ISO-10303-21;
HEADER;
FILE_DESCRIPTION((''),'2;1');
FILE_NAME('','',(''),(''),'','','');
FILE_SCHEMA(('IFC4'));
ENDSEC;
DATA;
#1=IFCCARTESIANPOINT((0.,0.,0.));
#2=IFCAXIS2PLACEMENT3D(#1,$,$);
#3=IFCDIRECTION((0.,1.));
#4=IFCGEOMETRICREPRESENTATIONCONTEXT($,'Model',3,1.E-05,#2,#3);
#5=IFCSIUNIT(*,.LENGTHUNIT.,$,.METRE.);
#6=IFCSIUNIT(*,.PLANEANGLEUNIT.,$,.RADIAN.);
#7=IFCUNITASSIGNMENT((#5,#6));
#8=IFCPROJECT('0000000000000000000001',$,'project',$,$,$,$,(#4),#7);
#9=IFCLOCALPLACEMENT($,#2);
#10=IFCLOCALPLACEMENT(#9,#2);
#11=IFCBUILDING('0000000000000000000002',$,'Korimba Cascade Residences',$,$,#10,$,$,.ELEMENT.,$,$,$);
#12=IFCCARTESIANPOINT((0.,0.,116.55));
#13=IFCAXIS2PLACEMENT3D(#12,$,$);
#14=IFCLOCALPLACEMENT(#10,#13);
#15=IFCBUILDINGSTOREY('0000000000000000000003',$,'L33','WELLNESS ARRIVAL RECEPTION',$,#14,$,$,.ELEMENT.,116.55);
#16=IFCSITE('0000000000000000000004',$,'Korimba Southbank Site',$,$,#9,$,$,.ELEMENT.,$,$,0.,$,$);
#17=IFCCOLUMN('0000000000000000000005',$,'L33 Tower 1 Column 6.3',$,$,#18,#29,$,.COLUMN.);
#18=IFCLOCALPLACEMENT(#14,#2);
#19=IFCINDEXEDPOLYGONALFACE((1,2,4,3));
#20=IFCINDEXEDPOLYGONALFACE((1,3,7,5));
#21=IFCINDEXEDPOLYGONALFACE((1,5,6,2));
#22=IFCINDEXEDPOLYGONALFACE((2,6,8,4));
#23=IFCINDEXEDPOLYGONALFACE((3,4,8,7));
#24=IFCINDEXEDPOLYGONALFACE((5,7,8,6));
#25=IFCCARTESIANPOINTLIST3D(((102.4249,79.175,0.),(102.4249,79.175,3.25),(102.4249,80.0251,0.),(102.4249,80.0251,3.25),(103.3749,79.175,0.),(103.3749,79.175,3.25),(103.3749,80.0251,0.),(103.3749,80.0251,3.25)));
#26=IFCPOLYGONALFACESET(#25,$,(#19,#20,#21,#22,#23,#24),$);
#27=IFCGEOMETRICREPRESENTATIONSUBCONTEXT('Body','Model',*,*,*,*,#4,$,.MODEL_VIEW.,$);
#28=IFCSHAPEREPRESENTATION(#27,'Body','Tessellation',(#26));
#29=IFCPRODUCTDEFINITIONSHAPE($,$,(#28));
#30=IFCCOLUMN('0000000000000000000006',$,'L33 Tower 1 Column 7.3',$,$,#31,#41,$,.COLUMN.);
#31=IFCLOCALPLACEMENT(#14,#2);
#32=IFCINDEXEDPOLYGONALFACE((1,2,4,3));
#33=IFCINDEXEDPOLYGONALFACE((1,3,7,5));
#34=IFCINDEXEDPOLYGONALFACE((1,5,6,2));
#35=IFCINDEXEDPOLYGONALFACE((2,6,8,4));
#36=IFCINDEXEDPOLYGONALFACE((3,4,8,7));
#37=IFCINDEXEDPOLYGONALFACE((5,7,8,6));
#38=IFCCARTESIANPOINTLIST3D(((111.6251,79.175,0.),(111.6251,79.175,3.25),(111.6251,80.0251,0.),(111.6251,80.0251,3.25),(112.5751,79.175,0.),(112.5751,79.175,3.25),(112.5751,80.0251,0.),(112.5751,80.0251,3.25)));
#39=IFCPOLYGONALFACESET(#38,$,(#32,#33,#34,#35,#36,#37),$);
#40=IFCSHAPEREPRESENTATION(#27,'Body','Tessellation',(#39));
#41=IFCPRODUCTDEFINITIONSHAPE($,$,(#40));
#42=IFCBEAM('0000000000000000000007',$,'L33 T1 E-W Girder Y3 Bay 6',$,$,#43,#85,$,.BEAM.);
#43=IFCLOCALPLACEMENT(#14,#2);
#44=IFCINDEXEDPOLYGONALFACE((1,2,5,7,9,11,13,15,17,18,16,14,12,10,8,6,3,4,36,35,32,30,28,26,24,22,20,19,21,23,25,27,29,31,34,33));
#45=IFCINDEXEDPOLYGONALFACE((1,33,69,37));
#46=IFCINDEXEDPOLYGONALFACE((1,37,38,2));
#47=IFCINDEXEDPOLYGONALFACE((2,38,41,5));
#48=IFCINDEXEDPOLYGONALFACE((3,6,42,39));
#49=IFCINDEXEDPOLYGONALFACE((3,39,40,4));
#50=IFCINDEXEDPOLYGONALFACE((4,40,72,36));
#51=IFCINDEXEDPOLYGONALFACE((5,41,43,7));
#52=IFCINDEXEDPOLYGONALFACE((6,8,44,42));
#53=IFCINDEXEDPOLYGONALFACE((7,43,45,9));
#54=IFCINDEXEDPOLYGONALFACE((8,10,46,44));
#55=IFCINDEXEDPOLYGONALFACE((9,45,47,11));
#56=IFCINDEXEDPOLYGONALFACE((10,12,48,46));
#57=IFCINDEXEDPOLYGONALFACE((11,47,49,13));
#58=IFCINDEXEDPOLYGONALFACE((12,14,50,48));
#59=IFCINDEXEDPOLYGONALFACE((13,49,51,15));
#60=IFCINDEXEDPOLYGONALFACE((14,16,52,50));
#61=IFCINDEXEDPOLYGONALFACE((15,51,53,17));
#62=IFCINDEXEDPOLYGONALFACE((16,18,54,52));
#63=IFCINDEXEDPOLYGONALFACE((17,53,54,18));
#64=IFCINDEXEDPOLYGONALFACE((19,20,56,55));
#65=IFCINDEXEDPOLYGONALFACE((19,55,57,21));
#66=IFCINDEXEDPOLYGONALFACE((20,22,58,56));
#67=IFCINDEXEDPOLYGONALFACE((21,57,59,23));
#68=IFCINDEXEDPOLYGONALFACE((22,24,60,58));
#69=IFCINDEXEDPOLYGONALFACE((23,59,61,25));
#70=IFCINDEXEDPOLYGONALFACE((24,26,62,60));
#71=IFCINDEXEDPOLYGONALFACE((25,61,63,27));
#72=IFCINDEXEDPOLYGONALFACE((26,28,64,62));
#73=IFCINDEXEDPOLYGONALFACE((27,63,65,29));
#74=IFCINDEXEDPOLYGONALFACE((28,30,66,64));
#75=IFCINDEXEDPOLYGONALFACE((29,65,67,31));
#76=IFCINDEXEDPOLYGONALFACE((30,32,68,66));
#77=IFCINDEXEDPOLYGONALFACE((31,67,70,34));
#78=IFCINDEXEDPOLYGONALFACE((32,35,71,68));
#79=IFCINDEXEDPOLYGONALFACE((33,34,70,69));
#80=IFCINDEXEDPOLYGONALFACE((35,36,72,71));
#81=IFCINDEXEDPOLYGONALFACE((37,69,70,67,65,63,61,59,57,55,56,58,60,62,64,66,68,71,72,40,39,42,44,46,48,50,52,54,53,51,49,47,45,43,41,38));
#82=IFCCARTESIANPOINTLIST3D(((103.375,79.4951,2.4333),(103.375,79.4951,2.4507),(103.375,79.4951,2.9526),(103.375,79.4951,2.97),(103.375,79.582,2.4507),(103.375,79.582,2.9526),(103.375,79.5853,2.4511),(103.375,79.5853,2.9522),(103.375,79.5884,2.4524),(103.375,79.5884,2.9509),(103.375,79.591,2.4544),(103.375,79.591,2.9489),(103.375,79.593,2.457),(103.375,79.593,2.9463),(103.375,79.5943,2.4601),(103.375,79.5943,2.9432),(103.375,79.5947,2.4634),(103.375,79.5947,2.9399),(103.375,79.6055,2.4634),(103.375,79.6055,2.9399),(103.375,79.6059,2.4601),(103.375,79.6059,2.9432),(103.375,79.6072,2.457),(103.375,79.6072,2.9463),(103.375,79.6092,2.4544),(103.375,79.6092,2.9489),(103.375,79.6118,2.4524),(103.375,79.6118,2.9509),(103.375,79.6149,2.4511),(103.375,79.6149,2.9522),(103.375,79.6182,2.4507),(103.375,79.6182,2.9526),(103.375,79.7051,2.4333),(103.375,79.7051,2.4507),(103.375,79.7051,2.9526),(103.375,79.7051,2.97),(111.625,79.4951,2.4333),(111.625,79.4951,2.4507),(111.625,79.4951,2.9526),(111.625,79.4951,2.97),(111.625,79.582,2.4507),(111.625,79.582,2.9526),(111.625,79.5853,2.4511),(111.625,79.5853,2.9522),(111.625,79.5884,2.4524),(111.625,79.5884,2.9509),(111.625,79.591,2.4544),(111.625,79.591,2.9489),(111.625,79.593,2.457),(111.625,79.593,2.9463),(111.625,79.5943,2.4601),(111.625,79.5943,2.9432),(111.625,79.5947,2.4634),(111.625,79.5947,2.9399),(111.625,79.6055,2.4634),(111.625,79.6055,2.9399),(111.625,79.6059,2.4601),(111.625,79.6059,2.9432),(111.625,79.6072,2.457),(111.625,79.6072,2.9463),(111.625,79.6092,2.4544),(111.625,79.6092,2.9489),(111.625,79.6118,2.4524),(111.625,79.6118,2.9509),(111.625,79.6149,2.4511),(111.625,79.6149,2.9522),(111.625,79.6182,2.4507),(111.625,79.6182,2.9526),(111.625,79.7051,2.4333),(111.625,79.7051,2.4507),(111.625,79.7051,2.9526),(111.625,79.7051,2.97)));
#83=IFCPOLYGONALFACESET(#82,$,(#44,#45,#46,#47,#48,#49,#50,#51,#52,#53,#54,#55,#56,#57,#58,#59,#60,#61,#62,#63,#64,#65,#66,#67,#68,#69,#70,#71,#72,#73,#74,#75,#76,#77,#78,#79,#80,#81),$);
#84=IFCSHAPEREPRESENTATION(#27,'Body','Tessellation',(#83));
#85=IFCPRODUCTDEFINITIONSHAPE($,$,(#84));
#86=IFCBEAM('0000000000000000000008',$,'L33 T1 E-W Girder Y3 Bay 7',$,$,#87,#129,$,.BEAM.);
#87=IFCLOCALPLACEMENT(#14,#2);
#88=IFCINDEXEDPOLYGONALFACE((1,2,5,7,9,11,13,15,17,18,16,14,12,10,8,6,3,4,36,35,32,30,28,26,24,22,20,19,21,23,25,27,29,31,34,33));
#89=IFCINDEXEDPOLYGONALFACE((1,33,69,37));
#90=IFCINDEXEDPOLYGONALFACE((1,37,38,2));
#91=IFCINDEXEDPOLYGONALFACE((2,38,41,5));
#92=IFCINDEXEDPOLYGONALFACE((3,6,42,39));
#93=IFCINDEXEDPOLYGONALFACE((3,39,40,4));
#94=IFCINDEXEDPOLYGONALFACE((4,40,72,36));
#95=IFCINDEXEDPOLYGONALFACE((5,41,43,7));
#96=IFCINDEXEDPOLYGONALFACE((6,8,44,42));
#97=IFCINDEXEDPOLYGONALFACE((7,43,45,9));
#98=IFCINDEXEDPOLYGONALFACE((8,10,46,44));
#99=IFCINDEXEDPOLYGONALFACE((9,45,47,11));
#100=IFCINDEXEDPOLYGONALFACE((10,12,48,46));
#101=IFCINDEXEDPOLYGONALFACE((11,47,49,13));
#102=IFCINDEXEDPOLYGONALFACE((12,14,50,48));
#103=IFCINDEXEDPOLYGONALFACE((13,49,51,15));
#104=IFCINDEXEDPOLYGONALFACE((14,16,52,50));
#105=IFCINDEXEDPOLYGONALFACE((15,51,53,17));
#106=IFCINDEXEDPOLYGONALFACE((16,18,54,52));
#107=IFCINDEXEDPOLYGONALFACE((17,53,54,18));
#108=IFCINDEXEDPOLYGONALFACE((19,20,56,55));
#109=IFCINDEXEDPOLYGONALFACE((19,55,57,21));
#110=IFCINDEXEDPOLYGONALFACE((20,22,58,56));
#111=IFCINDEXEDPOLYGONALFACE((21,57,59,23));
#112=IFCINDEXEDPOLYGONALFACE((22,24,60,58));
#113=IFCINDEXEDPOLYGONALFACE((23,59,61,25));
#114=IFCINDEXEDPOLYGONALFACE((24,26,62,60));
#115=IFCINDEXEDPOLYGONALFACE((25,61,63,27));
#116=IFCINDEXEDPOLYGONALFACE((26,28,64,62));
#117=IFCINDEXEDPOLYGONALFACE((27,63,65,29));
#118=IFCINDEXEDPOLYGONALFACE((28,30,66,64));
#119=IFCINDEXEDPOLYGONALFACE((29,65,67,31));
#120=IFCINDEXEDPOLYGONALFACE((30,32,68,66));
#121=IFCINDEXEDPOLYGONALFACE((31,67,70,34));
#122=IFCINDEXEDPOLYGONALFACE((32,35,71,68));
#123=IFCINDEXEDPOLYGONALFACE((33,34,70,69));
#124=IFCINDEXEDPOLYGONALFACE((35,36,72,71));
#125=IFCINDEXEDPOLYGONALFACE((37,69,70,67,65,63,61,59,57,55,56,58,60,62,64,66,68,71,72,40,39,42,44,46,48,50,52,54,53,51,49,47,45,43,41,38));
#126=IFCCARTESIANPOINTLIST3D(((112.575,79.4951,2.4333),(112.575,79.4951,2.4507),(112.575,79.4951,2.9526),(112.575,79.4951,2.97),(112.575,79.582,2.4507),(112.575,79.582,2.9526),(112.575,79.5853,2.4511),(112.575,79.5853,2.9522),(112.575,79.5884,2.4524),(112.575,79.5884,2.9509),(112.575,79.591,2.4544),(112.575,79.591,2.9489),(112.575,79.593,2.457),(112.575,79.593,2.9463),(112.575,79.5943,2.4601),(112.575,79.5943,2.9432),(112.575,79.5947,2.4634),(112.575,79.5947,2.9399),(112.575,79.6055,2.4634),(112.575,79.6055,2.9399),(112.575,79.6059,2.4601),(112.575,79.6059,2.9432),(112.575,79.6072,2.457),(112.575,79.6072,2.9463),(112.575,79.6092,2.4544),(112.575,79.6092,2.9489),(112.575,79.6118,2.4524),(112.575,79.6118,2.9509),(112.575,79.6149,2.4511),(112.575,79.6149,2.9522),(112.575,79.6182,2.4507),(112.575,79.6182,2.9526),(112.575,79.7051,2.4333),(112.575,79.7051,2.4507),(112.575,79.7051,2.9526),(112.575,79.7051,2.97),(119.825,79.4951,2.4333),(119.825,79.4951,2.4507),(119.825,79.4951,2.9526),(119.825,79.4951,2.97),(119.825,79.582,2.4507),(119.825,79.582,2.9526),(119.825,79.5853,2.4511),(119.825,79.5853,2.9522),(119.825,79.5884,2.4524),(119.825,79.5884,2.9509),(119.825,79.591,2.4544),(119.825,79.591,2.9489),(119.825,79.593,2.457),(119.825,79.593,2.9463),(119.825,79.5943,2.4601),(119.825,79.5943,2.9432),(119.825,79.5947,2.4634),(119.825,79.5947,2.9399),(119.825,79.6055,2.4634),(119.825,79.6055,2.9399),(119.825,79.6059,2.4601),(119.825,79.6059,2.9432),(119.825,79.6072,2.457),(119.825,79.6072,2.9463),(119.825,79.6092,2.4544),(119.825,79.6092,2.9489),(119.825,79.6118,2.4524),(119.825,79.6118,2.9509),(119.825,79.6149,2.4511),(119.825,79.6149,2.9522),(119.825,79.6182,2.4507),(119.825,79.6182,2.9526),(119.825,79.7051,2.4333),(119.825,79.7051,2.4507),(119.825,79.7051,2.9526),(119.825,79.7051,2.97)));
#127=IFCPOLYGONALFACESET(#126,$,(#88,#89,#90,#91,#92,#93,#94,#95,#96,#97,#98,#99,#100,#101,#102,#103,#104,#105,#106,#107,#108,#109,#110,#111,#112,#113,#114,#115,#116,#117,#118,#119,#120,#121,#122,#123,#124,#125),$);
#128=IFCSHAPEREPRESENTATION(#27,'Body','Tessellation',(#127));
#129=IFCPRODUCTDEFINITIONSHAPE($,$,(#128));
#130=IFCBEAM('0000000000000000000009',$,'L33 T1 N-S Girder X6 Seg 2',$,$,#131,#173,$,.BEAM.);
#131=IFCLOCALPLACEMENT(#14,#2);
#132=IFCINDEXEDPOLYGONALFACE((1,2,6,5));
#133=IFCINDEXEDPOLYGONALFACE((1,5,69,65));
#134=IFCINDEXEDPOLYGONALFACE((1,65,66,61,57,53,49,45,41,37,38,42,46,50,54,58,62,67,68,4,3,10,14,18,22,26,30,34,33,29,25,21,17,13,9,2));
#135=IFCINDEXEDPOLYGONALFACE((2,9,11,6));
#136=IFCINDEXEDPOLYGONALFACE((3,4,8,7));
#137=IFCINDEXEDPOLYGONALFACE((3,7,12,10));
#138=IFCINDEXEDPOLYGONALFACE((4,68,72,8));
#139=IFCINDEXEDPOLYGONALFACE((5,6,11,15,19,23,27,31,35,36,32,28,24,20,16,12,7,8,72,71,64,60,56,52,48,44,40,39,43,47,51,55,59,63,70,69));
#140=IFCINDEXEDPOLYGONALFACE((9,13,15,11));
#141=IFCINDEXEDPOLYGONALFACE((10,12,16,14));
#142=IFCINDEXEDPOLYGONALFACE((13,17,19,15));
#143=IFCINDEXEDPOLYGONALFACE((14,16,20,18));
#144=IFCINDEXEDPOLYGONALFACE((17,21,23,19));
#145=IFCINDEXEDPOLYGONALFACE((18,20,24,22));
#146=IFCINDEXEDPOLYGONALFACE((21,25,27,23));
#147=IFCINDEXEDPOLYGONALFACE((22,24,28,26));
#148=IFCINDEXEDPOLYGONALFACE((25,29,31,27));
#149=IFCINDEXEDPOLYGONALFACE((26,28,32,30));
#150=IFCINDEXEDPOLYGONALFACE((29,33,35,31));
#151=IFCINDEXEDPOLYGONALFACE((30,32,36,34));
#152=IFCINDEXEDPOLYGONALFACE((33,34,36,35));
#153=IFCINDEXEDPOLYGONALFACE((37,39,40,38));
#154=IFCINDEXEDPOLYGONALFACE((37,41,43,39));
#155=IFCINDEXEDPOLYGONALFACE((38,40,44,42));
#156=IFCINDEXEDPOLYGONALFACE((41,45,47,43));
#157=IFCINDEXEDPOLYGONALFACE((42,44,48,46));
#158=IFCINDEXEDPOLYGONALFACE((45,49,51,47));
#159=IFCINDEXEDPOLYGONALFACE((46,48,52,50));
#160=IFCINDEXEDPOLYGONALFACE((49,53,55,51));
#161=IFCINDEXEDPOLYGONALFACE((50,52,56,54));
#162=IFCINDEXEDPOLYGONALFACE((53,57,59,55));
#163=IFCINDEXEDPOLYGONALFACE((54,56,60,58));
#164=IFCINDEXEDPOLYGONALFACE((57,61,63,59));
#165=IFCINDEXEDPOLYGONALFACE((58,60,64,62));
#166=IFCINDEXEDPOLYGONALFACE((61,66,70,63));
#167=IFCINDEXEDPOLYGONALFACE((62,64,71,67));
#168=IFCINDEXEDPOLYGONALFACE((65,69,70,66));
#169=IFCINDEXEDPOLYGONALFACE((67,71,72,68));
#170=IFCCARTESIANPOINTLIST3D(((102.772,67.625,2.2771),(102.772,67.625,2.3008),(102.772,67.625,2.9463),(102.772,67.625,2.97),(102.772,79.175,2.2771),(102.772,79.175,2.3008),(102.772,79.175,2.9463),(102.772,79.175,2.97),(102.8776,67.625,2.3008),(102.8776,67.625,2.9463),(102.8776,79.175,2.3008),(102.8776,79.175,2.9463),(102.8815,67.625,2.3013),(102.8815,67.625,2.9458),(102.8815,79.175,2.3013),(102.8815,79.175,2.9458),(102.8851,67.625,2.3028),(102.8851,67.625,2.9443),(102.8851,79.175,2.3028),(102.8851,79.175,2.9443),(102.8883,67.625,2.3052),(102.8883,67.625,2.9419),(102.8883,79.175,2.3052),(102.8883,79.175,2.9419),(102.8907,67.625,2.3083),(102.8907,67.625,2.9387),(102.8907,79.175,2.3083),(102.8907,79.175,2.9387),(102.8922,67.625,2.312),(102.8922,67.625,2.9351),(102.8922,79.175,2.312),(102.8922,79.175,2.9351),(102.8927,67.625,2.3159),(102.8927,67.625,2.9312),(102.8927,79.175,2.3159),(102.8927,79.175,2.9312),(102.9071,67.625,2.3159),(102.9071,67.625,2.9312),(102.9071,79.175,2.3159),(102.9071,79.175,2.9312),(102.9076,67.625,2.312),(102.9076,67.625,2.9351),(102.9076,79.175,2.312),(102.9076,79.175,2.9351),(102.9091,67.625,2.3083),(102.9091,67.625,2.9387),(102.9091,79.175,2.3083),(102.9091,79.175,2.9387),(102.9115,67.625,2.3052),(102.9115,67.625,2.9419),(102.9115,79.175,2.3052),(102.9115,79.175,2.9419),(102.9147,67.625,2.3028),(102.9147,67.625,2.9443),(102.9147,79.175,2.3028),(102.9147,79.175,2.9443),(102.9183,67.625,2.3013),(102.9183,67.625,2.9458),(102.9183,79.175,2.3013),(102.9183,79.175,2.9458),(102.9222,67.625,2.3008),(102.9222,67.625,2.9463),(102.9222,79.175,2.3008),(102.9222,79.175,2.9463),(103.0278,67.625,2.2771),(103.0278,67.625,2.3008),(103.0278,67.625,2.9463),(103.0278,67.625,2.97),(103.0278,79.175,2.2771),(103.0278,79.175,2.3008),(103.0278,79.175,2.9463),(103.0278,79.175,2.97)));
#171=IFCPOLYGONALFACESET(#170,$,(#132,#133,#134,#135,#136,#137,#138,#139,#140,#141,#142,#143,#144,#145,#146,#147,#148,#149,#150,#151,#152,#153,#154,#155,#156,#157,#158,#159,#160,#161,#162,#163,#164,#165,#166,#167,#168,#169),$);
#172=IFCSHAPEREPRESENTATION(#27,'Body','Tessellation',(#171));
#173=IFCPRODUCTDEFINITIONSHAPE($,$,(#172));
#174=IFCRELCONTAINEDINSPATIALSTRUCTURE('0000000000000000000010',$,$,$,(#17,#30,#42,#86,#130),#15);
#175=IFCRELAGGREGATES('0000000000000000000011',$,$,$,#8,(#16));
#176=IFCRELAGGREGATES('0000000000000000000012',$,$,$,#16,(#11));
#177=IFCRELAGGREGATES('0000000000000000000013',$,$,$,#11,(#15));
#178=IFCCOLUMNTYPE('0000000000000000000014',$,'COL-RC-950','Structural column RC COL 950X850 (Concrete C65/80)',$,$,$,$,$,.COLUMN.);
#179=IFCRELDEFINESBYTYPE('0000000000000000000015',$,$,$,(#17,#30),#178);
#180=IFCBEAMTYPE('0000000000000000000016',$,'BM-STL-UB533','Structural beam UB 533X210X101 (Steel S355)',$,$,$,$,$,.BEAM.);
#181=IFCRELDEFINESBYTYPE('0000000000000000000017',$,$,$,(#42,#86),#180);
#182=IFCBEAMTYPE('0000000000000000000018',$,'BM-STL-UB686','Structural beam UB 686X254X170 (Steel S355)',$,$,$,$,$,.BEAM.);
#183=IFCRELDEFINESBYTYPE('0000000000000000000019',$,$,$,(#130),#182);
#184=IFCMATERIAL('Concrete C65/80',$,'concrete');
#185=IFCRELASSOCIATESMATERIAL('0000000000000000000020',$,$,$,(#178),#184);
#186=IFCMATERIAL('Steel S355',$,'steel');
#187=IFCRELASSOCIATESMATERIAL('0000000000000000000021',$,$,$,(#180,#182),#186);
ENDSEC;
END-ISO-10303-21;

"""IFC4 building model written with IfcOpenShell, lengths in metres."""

from ifc_helpers import new_model, si_unit, direction, frame, origin, origin_2d, place, context, subcontext, project, spatial, rectangle, i_section, extrude, material, material_profile, profile_set, type_object, element, save


model = new_model("IFC4")

# Units and contexts
model_context = context("Model", 3, precision=1e-05, world=origin(), true_north=direction((0.0, 1.0)))
body_context = subcontext(model_context, "Body", "Model", "MODEL_VIEW")
ifc_project = project(units=[si_unit("LENGTHUNIT", "METRE"), si_unit("PLANEANGLEUNIT", "RADIAN")], contexts=[model_context])

# Site, building, storey
site_placement = place(None, origin())
site = spatial("IfcSite", under=ifc_project, at=site_placement, Name="Korimba Southbank Site", CompositionType="ELEMENT", RefElevation=0.0)
building_placement = place(site_placement, origin())
building = spatial("IfcBuilding", under=site, at=building_placement, Name="Korimba Cascade Residences", CompositionType="ELEMENT")
storey_placement = place(building_placement, frame((0.0, 0.0, 116.55)))
storey = spatial("IfcBuildingStorey", under=building, at=storey_placement, Name="L33", Description="WELLNESS ARRIVAL RECEPTION", CompositionType="ELEMENT", Elevation=116.55)

# Columns
ifc_material_1 = material(Name="Concrete C65/80", Category="concrete")
ifc_material_profile_1 = material_profile(ifc_material_1, rectangle(XDim=0.95, YDim=0.8501, at=origin_2d()), Name="Concrete C65/80")
ifc_profile_set_1 = profile_set([ifc_material_profile_1], Name="Concrete C65/80")
column_type = type_object("IfcColumnType", Name="COL-RC-950", Description="Structural column RC COL 950X850 (Concrete C65/80)", PredefinedType="COLUMN", material=ifc_profile_set_1)
for number, where, z_axis, x_axis, name in (
    (1, (102.8999, 79.6001, 0.0), (0.0, 0.0, 1.0), (1.0, 0.0, 0.0), "L33 Tower 1 Column 6.3"),
    (2, (112.1001, 79.6001, 0.0), (0.0, 0.0, 1.0), (1.0, 0.0, 0.0), "L33 Tower 1 Column 7.3"),
):
    element("IfcColumn", number, at=place(storey_placement, frame(where, z_axis=z_axis, x_axis=x_axis)), inside=storey, type_object=column_type, Name=name, PredefinedType="COLUMN", context=body_context, shape_type="SweptSolid", body=[
        extrude(rectangle(XDim=0.95, YDim=0.8501, at=origin_2d()), origin(), (0.0, 0.0, 1.0), 3.25),
    ])

# Beams
ifc_material_2 = material(Name="Steel S355", Category="steel")
ifc_material_profile_2 = material_profile(ifc_material_2, i_section(OverallWidth=0.21, OverallDepth=0.5366, WebThickness=0.0107, FlangeThickness=0.0173, FilletRadius=0.0127, at=origin_2d()), Name="Steel S355")
ifc_profile_set_2 = profile_set([ifc_material_profile_2], Name="Steel S355")
beam_type_1 = type_object("IfcBeamType", Name="BM-STL-UB533", Description="Structural beam UB 533X210X101 (Steel S355)", PredefinedType="BEAM", material=ifc_profile_set_2)
beam_1_placement = place(storey_placement, frame((103.375, 79.6001, 2.7017), z_axis=(1.0, 0.0, 0.0), x_axis=(0.0, 1.0, 0.0)))
element("IfcBeam", 3, at=beam_1_placement, inside=storey, type_object=beam_type_1, Name="L33 T1 E-W Girder Y3 Bay 6", PredefinedType="BEAM", context=body_context, shape_type="SweptSolid", body=[
    extrude(i_section(OverallWidth=0.21, OverallDepth=0.5366, WebThickness=0.0107, FlangeThickness=0.0173, FilletRadius=0.0127, at=origin_2d()), origin(), (0.0, 0.0, 1.0), 8.25),
])
beam_2_placement = place(storey_placement, frame((112.575, 79.6001, 2.7017), z_axis=(1.0, 0.0, 0.0), x_axis=(0.0, 1.0, 0.0)))
element("IfcBeam", 4, at=beam_2_placement, inside=storey, type_object=beam_type_1, Name="L33 T1 E-W Girder Y3 Bay 7", PredefinedType="BEAM", context=body_context, shape_type="SweptSolid", body=[
    extrude(i_section(OverallWidth=0.21, OverallDepth=0.5366, WebThickness=0.0107, FlangeThickness=0.0173, FilletRadius=0.0127, at=origin_2d()), origin(), (0.0, 0.0, 1.0), 7.25),
])
ifc_material_profile_3 = material_profile(ifc_material_2, i_section(OverallWidth=0.2559, OverallDepth=0.6929, WebThickness=0.0144, FlangeThickness=0.0237, FilletRadius=0.0151, at=origin_2d()), Name="Steel S355")
ifc_profile_set_3 = profile_set([ifc_material_profile_3], Name="Steel S355")
beam_type_2 = type_object("IfcBeamType", Name="BM-STL-UB686", Description="Structural beam UB 686X254X170 (Steel S355)", PredefinedType="BEAM", material=ifc_profile_set_3)
beam_3_placement = place(storey_placement, frame((102.8999, 67.625, 2.6235), z_axis=(0.0, 1.0, 0.0), x_axis=(-1.0, 0.0, 0.0)))
element("IfcBeam", 5, at=beam_3_placement, inside=storey, type_object=beam_type_2, Name="L33 T1 N-S Girder X6 Seg 2", PredefinedType="BEAM", context=body_context, shape_type="SweptSolid", body=[
    extrude(i_section(OverallWidth=0.2559, OverallDepth=0.6929, WebThickness=0.0144, FlangeThickness=0.0237, FilletRadius=0.0151, at=origin_2d()), origin(), (0.0, 0.0, 1.0), 11.55),
])

save(model, "model.ifc")
